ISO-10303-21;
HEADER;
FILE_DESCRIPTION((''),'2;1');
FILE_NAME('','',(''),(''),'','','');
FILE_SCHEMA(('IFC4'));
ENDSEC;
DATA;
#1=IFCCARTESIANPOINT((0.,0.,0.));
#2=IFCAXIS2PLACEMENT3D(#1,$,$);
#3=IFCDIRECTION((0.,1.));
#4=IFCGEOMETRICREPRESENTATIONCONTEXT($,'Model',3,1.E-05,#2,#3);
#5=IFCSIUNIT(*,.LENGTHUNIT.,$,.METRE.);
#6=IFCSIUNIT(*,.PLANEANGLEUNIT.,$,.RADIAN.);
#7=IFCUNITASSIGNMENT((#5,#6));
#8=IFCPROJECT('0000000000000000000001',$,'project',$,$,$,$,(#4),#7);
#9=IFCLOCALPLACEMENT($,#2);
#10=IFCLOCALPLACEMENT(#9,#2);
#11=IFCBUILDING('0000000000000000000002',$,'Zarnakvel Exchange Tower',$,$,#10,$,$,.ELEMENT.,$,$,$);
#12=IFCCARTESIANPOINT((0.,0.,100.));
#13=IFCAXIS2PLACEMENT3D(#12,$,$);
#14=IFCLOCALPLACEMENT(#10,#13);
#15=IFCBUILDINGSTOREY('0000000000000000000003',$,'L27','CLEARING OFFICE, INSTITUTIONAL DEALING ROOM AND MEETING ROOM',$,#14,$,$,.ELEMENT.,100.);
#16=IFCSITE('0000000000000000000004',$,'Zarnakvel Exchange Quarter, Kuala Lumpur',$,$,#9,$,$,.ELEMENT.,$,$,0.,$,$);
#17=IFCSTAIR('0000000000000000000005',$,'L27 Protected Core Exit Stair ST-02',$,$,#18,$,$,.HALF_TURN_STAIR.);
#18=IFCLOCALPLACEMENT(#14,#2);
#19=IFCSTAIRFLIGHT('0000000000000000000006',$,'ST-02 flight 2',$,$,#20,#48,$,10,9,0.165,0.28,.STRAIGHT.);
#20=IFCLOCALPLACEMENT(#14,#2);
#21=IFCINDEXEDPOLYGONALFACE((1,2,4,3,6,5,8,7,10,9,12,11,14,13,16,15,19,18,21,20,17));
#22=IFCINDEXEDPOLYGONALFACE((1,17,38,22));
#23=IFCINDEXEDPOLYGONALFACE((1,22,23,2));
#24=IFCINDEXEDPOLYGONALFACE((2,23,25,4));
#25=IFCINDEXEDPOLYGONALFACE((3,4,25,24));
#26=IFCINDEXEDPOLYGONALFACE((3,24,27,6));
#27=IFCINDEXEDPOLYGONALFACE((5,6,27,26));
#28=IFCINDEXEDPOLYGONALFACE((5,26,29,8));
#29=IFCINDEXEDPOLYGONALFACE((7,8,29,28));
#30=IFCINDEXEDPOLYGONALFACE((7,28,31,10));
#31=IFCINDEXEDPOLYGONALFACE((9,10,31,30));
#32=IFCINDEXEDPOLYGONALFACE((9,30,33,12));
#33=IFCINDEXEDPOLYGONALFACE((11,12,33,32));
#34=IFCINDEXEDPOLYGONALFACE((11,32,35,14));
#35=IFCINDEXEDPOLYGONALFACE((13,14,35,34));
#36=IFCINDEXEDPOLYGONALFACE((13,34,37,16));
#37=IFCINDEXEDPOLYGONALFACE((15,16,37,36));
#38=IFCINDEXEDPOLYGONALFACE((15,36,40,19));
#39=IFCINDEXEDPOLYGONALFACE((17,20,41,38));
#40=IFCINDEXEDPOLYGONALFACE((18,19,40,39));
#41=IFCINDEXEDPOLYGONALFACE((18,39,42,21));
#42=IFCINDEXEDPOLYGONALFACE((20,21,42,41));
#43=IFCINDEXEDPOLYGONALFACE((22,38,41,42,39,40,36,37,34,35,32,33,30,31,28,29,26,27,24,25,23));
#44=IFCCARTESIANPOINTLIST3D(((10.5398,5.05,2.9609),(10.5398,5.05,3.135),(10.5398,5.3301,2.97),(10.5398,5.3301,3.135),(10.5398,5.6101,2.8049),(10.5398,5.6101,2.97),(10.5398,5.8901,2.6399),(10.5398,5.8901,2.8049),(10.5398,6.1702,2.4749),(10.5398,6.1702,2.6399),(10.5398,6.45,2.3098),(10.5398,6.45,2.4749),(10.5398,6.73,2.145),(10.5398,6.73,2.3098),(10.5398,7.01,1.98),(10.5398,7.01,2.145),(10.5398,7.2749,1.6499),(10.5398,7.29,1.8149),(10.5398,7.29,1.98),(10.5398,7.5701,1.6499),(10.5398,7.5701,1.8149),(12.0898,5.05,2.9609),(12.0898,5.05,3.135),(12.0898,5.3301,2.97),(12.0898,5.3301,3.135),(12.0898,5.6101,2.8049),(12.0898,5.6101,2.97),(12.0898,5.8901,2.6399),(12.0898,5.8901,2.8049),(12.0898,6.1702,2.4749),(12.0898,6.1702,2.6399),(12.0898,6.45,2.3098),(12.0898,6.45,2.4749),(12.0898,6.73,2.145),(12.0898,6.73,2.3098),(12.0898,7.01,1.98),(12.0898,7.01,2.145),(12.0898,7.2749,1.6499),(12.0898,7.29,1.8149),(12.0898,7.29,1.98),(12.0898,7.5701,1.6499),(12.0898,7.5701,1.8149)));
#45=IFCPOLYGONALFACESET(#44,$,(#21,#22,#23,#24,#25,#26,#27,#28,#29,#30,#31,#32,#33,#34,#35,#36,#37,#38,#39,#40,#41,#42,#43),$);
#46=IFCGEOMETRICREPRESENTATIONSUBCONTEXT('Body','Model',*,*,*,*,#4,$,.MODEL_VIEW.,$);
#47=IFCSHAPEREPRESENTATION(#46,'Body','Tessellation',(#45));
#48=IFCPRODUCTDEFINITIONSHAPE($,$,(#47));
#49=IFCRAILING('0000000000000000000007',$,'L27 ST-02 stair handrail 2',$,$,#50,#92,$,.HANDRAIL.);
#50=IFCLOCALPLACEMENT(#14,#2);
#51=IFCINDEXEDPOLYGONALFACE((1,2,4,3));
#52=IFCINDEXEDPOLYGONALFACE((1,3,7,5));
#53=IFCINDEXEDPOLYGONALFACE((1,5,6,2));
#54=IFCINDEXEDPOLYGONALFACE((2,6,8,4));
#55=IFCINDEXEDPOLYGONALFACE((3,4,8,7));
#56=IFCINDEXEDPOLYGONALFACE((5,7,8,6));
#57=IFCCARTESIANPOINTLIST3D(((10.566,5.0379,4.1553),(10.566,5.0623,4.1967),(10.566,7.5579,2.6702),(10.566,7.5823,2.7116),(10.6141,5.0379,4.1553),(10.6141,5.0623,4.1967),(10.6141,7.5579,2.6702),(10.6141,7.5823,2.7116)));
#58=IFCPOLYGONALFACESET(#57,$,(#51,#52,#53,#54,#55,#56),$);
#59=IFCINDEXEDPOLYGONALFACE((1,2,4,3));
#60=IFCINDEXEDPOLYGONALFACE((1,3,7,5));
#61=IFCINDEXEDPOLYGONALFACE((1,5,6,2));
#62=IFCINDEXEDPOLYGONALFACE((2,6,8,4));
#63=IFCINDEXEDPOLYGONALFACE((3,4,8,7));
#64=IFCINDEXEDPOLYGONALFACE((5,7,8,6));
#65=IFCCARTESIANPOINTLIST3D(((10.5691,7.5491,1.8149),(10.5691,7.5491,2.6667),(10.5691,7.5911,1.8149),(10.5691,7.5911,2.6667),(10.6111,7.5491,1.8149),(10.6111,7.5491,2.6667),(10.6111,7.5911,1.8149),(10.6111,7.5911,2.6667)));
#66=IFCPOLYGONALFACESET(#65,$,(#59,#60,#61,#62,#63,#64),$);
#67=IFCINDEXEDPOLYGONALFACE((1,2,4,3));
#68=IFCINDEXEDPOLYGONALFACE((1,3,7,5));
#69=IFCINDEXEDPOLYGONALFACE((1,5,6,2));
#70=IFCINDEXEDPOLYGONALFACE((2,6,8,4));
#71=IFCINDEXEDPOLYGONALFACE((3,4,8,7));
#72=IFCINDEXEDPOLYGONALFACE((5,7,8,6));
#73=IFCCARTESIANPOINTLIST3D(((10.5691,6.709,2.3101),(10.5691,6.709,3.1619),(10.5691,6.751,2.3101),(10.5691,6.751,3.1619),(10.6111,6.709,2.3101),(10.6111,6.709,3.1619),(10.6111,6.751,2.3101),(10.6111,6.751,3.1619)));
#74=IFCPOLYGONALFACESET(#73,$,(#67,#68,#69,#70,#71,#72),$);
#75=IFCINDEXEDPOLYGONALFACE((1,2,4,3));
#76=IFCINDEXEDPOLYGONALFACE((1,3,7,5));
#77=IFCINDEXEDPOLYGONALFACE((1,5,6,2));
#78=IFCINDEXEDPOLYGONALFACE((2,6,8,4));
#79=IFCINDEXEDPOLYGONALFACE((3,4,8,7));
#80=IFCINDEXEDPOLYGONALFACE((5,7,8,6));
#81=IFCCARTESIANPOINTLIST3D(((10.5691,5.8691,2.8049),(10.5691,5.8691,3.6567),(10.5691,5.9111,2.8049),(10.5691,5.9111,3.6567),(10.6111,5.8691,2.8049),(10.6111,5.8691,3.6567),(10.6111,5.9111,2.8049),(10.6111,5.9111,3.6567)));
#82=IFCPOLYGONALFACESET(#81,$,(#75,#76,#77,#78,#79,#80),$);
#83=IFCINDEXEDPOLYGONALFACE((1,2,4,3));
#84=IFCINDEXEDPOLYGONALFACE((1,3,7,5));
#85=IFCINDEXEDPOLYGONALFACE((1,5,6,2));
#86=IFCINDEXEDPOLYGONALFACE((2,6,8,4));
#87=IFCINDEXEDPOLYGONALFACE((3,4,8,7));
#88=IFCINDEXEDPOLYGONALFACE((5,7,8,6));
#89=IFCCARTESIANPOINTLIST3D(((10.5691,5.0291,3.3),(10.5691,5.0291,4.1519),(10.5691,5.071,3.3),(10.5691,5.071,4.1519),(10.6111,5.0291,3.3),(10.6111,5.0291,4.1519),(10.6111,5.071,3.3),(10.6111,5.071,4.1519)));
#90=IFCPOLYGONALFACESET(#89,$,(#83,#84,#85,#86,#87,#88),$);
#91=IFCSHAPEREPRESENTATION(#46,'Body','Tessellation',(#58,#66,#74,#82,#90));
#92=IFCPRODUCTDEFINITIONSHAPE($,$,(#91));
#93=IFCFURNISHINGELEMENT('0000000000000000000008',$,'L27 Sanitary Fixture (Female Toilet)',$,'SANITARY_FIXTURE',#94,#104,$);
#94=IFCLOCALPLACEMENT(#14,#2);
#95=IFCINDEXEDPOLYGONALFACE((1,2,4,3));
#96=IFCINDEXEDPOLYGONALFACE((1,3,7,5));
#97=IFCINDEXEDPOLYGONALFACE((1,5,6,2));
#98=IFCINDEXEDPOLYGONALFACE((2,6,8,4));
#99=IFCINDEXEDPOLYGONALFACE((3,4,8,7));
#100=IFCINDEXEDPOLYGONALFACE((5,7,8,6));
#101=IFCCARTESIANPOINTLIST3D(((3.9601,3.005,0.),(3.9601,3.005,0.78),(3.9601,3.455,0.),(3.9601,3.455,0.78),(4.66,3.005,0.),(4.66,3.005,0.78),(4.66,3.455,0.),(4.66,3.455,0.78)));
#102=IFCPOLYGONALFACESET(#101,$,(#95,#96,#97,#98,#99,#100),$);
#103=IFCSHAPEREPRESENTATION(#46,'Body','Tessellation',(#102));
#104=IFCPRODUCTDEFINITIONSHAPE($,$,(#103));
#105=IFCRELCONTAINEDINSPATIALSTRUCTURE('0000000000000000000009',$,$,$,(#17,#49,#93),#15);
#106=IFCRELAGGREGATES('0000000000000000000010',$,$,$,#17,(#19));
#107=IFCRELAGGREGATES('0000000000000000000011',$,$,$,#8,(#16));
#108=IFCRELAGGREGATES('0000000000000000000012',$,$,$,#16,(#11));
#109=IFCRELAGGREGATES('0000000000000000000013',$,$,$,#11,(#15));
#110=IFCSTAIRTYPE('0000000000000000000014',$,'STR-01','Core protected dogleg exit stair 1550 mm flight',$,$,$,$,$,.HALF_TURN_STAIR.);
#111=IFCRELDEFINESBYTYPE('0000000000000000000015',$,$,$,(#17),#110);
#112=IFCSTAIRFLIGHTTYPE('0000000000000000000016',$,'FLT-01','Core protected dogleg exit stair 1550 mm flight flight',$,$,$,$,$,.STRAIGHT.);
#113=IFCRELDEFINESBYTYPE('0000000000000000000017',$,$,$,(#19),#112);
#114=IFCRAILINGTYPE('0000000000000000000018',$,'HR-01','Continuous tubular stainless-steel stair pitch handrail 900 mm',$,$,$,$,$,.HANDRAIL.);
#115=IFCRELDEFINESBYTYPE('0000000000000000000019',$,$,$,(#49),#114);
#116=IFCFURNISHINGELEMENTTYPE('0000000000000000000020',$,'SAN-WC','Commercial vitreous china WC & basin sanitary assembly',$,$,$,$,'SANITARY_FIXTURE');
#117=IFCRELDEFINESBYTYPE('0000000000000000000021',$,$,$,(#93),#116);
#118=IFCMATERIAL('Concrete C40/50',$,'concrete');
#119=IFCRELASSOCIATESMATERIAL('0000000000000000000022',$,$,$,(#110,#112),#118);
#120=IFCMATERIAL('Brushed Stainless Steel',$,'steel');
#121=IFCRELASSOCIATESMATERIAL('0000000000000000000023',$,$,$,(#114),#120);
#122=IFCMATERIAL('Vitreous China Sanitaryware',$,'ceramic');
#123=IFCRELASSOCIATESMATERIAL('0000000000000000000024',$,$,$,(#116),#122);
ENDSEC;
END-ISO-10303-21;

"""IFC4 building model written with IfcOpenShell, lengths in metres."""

from ifc_helpers import new_model, si_unit, direction, frame, origin, origin_2d, place, context, subcontext, project, spatial, polyline, rectangle, outline, extrude, source, transform, mapped, material, type_object, element, aggregate, save


model = new_model("IFC4")

# Units and contexts
model_context = context("Model", 3, precision=1e-05, world=origin(), true_north=direction((0.0, 1.0)))
body_context = subcontext(model_context, "Body", "Model", "MODEL_VIEW")
ifc_project = project(units=[si_unit("LENGTHUNIT", "METRE"), si_unit("PLANEANGLEUNIT", "RADIAN")], contexts=[model_context])

# Site, building, storey
site_placement = place(None, origin())
site = spatial("IfcSite", under=ifc_project, at=site_placement, Name="Zarnakvel Exchange Quarter, Kuala Lumpur", CompositionType="ELEMENT", RefElevation=0.0)
building_placement = place(site_placement, origin())
building = spatial("IfcBuilding", under=site, at=building_placement, Name="Zarnakvel Exchange Tower", CompositionType="ELEMENT")
storey_placement = place(building_placement, frame((0.0, 0.0, 100.0)))
storey = spatial("IfcBuildingStorey", under=building, at=storey_placement, Name="L27", Description="CLEARING OFFICE, INSTITUTIONAL DEALING ROOM AND MEETING ROOM", CompositionType="ELEMENT", Elevation=100.0)

# Shared definitions
ifc_material_1 = material(Name="Concrete C40/50", Category="concrete")
ifc_material_2 = material(Name="Brushed Stainless Steel", Category="steel")

# Stair, stair flight
stair_type = type_object("IfcStairType", Name="STR-01", Description="Core protected dogleg exit stair 1550 mm flight", PredefinedType="HALF_TURN_STAIR", material=ifc_material_1)
stair_placement = place(storey_placement, origin())
stair = element("IfcStair", 1, at=stair_placement, inside=storey, type_object=stair_type, Name="L27 Protected Core Exit Stair ST-02", PredefinedType="HALF_TURN_STAIR")
stair_flight_type = type_object("IfcStairFlightType", Name="FLT-01", Description="Core protected dogleg exit stair 1550 mm flight flight", PredefinedType="STRAIGHT", material=ifc_material_1)
stair_flight_placement = place(storey_placement, frame((11.3149, 7.5701, 1.6499), z_axis=(0.0, 0.0, 1.0), x_axis=(0.0, -1.0, 0.0)))
stair_flight = element("IfcStairFlight", 2, at=stair_flight_placement, type_object=stair_flight_type, Name="ST-02 flight 2", NumberOfRisers=10, NumberOfTreads=9, PredefinedType="STRAIGHT", RiserHeight=0.165, TreadLength=0.28, context=body_context, shape_type="SweptSolid", body=[
    extrude(outline(polyline([(0.0, 0.0), (0.0, 0.165), (0.28, 0.165), (0.28, 0.3301), (0.5601, 0.3301), (0.5601, 0.4951), (0.8401, 0.4951), (0.8401, 0.6599), (1.1201, 0.6599), (1.1201, 0.825), (1.3999, 0.825), (1.3999, 0.99), (1.6799, 0.99), (1.6799, 1.155), (1.96, 1.155), (1.96, 1.3201), (2.24, 1.3201), (2.24, 1.4851), (2.52, 1.4851), (2.52, 1.6499), (2.52, 1.311), (0.2952, 0.0), (0.0, 0.0)])), frame((0.0, 0.7749, 0.0), z_axis=(0.0, -1.0, 0.0), x_axis=(1.0, 0.0, 0.0)), (0.0, 0.0, 1.0), 1.55),
])
aggregate(stair, [stair_flight])

# Railing
railing_type = type_object("IfcRailingType", Name="HR-01", Description="Continuous tubular stainless-steel stair pitch handrail 900 mm", PredefinedType="HANDRAIL", material=ifc_material_2)
railing_placement = place(storey_placement, frame((10.5901, 7.5701, 1.8149)))
element("IfcRailing", 3, at=railing_placement, inside=storey, type_object=railing_type, Name="L27 ST-02 stair handrail 2", PredefinedType="HANDRAIL", context=body_context, shape_type="SweptSolid", body=[
    extrude(rectangle(XDim=0.0481, YDim=0.0481, at=origin_2d()), frame((0.0, 0.0, 0.876), z_axis=(0.0, -0.861524, 0.507717), x_axis=(1.0, 0.0, 0.0)), (0.0, 0.0, 1.0), 2.925),
    extrude(rectangle(XDim=0.042, YDim=0.042, at=origin_2d()), origin(), (0.0, 0.0, 1.0), 0.8518),
    extrude(rectangle(XDim=0.042, YDim=0.042, at=origin_2d()), frame((0.0, -0.8401, 0.4951)), (0.0, 0.0, 1.0), 0.8518),
    extrude(rectangle(XDim=0.042, YDim=0.042, at=origin_2d()), frame((0.0, -1.6799, 0.99)), (0.0, 0.0, 1.0), 0.8518),
    extrude(rectangle(XDim=0.042, YDim=0.042, at=origin_2d()), frame((0.0, -2.52, 1.4851)), (0.0, 0.0, 1.0), 0.8518),
])

# Furnishing element
ifc_material_3 = material(Name="Vitreous China Sanitaryware", Category="ceramic")
furnishing_element_type = type_object("IfcFurnishingElementType", Name="SAN-WC", Description="Commercial vitreous china WC & basin sanitary assembly", ElementType="SANITARY_FIXTURE", material=ifc_material_3)
shared_shape_1 = source(origin(), body_context, "Body", "SweptSolid", [
    extrude(rectangle(XDim=0.7, YDim=0.45, at=origin_2d()), origin(), (0.0, 0.0, 1.0), 0.78),
])
furnishing_placement = place(storey_placement, frame((4.3101, 3.23, 0.0), z_axis=(0.0, 0.0, 1.0), x_axis=(1.0, 0.0, 0.0)))
element("IfcFurnishingElement", 4, at=furnishing_placement, inside=storey, type_object=furnishing_element_type, Name="L27 Sanitary Fixture (Female Toilet)", ObjectType="SANITARY_FIXTURE", context=body_context, shape_type="MappedRepresentation", body=[
    mapped(shared_shape_1, transform((0.0, 0.0, 0.0), x_axis=(1.0, 0.0, 0.0), y_axis=(0.0, 1.0, 0.0), z_axis=(0.0, 0.0, 1.0), scale=1.0)),
])

save(model, "model.ifc")
